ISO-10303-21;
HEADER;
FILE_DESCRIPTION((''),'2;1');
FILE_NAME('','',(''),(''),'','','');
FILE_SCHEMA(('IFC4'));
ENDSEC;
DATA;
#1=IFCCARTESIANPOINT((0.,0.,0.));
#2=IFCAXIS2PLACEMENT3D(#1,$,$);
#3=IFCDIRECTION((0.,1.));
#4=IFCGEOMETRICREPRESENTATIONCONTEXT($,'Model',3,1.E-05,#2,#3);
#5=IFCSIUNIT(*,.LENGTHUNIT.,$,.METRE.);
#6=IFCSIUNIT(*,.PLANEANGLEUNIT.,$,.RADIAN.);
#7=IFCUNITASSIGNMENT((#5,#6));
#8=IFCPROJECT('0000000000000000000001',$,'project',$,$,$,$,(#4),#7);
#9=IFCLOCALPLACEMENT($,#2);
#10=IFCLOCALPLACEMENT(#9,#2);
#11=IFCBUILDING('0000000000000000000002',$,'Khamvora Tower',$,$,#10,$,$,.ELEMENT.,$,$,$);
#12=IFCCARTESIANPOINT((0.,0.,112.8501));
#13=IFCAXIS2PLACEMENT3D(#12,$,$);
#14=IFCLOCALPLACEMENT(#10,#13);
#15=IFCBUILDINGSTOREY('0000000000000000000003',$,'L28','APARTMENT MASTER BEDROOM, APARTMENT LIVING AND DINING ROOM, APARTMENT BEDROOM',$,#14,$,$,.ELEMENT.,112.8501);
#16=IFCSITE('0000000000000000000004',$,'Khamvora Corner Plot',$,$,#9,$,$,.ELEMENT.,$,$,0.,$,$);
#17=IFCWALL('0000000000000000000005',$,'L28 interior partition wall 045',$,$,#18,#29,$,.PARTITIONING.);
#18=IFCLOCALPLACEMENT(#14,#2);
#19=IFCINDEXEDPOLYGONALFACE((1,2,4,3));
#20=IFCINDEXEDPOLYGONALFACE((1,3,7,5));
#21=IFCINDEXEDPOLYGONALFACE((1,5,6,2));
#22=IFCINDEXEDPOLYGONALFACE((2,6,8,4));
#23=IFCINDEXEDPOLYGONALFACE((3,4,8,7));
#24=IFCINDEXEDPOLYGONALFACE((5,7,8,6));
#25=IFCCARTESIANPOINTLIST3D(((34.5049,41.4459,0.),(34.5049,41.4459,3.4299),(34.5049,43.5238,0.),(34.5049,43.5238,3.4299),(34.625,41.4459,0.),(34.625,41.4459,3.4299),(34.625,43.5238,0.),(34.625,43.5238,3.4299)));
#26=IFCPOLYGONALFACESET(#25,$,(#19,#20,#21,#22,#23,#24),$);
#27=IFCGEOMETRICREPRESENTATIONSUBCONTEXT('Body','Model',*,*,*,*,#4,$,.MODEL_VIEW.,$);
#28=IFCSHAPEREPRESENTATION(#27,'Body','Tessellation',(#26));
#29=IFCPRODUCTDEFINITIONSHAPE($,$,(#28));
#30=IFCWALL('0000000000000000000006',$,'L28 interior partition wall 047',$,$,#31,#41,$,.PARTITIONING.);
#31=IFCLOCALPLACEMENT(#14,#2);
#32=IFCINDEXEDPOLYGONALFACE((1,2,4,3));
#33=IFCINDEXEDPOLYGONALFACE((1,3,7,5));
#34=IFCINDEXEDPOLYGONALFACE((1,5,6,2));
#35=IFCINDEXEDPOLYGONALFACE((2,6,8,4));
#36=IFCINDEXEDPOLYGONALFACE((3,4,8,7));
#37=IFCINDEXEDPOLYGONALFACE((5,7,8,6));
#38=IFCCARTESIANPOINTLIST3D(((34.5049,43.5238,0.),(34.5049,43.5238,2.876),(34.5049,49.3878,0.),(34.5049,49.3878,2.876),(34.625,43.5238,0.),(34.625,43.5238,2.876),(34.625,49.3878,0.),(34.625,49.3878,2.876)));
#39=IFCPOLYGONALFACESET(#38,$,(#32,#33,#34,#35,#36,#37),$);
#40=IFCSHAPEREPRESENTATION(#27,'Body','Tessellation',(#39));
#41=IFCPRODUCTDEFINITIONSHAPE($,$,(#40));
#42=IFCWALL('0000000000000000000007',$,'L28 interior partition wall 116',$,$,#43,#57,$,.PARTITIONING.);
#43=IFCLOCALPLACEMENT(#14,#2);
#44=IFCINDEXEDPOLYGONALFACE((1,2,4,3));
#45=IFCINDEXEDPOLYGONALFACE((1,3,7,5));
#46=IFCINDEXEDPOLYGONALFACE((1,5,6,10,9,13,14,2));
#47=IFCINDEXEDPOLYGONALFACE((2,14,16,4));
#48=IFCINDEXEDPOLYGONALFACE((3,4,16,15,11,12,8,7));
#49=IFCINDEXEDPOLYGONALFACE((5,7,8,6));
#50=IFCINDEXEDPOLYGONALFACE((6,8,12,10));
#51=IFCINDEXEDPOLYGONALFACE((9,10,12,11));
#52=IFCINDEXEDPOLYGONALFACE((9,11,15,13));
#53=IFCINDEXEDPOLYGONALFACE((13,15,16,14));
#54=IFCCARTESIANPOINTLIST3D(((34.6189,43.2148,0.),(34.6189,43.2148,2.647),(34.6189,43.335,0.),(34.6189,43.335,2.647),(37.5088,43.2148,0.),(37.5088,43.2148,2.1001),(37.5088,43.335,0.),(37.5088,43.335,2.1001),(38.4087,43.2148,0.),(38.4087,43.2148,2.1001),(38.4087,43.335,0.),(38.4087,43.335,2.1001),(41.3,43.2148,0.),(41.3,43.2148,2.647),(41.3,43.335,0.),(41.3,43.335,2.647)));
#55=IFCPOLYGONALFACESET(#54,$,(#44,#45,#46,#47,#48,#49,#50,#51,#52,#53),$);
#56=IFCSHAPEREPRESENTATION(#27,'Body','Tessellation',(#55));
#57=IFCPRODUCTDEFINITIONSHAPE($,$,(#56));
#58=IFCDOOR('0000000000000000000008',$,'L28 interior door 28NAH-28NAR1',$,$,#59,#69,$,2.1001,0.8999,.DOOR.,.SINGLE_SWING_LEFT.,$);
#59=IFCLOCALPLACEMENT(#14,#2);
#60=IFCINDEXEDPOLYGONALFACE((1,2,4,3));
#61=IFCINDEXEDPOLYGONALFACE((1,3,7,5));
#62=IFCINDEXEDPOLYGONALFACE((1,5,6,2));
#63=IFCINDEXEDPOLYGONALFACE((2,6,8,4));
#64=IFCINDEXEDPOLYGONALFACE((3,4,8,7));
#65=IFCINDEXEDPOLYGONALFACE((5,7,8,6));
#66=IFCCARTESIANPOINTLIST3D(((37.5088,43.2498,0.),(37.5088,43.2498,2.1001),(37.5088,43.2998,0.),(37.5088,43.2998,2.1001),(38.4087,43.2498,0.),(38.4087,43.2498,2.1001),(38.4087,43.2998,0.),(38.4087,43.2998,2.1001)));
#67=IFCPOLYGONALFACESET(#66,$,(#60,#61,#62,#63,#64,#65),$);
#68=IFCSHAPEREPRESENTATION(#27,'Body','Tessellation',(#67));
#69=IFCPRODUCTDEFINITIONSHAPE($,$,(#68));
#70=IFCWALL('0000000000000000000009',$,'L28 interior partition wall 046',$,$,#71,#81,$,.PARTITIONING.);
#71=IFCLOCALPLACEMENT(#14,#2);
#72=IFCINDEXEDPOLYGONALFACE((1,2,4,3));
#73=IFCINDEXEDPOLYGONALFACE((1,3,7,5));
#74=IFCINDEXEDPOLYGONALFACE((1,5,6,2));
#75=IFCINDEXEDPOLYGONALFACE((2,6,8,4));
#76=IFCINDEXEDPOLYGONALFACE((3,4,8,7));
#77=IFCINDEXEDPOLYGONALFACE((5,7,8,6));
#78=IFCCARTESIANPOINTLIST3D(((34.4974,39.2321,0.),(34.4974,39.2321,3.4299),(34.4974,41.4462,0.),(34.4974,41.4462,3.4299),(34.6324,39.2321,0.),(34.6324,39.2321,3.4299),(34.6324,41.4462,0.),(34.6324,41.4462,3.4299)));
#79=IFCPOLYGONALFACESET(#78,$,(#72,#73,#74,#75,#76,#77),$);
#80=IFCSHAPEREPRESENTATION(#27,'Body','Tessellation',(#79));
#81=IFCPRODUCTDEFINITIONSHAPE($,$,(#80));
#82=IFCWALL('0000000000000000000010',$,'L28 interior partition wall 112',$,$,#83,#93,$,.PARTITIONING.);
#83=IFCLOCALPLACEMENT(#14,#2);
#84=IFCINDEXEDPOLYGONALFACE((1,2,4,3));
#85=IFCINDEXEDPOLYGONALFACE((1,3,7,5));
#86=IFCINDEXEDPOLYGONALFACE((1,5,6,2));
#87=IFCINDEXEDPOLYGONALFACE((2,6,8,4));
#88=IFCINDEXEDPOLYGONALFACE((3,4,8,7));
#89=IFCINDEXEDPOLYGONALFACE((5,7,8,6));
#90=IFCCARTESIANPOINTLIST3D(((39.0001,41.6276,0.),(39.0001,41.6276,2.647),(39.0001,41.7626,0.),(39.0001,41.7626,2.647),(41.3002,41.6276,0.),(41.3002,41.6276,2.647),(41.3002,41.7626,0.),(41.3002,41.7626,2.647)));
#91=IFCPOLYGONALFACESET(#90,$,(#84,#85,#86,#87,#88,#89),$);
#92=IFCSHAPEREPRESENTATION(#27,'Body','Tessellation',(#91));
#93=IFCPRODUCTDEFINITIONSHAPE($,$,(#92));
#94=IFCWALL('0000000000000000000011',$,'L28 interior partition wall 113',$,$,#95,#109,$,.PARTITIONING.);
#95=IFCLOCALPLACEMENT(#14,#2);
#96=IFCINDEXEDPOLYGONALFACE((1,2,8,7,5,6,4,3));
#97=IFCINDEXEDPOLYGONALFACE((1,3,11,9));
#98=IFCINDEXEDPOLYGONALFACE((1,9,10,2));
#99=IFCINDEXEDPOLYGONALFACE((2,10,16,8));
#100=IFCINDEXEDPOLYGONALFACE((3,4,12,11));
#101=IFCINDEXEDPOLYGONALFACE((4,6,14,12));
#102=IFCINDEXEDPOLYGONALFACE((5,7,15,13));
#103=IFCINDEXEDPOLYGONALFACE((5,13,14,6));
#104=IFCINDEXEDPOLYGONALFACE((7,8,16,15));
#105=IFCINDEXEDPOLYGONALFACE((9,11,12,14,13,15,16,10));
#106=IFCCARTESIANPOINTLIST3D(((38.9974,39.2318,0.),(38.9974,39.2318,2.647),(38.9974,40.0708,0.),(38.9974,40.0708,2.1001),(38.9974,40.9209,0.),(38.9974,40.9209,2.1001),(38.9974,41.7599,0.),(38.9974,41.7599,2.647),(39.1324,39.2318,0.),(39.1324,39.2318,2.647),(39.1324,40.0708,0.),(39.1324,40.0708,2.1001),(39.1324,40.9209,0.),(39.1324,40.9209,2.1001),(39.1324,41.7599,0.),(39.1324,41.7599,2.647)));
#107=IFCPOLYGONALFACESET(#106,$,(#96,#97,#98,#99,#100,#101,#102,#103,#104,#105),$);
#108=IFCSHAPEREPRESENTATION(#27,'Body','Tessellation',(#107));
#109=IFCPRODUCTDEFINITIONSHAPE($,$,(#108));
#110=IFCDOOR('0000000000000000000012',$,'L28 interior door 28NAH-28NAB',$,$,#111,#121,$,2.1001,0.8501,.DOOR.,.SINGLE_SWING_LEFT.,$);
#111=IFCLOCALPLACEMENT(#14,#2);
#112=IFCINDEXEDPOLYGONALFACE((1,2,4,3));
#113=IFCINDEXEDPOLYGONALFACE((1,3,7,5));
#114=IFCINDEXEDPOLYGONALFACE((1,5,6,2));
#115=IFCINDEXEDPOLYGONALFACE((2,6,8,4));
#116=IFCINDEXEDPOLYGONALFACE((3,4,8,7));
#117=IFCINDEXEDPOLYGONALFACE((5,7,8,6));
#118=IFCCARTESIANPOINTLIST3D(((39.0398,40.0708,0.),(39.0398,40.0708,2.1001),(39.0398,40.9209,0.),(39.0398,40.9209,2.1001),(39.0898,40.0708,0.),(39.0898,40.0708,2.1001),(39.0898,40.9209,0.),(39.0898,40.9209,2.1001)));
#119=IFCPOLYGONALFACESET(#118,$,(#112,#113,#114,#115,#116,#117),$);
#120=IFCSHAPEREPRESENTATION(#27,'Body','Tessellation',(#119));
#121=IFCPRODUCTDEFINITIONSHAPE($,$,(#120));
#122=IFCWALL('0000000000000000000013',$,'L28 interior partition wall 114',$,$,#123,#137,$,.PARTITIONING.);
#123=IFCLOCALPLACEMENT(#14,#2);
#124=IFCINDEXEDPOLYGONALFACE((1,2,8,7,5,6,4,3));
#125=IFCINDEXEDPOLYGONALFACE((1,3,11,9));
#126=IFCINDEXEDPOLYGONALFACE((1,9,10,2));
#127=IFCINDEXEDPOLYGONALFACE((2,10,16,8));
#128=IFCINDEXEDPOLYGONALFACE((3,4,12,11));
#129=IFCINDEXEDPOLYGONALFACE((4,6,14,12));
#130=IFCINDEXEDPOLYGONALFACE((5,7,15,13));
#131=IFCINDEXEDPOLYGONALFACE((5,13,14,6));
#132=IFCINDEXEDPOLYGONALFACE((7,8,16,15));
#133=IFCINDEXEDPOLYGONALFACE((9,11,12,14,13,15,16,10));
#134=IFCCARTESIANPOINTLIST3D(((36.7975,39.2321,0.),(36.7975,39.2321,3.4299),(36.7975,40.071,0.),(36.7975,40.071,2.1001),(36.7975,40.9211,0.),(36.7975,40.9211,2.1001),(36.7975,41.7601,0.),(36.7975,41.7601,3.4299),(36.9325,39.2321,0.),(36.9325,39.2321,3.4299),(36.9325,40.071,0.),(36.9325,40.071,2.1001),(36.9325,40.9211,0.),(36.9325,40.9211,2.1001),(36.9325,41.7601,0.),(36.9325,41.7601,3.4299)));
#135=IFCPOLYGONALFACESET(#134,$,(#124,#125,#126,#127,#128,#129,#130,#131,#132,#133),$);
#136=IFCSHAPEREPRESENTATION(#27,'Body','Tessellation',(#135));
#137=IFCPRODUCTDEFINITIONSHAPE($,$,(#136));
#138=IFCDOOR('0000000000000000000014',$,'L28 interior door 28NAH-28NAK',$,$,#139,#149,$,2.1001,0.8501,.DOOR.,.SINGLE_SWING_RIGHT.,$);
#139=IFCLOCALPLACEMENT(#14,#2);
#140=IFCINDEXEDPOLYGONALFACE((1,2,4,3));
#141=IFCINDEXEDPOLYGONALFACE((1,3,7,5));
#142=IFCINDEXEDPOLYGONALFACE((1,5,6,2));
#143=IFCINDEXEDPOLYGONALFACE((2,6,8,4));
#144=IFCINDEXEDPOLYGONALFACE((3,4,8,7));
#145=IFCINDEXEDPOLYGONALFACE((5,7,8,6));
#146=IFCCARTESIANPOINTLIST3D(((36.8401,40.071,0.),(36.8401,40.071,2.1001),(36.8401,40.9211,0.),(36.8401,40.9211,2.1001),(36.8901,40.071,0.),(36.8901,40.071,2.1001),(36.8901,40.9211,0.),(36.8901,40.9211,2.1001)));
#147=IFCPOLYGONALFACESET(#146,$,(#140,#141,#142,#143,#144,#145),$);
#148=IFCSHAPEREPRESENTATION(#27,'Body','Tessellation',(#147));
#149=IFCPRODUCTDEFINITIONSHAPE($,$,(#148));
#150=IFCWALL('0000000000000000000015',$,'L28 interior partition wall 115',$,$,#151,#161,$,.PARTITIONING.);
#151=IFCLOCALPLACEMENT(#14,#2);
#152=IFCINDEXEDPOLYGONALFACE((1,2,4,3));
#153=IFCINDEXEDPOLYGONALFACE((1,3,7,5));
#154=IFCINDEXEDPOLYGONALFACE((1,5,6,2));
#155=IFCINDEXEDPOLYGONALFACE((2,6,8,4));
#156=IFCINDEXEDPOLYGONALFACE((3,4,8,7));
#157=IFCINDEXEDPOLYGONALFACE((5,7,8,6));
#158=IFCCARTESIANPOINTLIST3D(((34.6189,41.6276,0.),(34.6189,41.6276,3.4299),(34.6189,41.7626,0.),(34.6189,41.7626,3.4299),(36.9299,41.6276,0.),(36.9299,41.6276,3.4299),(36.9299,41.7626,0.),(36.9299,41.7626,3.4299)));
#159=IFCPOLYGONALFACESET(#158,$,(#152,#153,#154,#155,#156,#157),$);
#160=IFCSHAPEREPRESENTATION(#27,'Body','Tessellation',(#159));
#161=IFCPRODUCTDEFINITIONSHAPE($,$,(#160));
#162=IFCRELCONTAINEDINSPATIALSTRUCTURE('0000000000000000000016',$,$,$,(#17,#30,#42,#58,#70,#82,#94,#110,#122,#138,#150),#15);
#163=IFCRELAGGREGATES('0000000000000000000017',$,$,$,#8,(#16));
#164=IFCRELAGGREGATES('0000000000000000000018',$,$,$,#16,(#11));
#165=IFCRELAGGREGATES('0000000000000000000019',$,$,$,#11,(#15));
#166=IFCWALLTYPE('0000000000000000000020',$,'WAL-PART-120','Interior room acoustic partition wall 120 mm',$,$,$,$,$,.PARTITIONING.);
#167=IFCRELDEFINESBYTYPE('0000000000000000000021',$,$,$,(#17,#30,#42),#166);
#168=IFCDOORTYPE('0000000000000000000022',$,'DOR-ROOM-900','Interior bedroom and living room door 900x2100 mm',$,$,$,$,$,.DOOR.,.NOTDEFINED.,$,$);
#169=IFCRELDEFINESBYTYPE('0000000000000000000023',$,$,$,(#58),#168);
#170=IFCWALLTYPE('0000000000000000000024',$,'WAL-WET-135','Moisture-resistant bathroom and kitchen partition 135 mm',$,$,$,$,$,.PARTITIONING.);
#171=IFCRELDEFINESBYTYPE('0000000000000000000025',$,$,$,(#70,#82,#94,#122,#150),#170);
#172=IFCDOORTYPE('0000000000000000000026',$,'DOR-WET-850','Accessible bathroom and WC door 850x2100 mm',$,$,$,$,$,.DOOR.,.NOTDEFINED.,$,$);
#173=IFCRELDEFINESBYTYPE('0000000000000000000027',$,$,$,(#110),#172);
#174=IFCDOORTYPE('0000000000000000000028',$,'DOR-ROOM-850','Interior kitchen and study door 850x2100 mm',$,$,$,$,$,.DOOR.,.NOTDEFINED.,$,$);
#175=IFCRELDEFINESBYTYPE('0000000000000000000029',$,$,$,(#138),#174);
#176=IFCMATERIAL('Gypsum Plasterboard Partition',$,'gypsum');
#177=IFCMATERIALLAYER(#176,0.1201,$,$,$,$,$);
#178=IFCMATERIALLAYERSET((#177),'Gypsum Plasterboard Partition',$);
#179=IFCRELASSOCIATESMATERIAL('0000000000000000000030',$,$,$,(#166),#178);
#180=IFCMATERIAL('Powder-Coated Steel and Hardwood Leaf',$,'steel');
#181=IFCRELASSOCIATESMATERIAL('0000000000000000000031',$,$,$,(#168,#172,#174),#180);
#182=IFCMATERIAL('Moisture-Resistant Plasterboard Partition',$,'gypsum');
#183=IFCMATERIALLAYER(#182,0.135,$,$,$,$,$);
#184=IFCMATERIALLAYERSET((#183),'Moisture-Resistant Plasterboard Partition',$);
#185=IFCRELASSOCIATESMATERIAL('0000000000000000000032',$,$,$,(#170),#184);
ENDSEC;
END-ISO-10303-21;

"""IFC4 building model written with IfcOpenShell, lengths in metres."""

from ifc_helpers import new_model, si_unit, direction, frame, frame_2d, origin, place, context, subcontext, project, spatial, rectangle, extrude, material, layer, layer_set, type_object, element, fill, save


model = new_model("IFC4")

# Units and contexts
model_context = context("Model", 3, precision=1e-05, world=origin(), true_north=direction((0.0, 1.0)))
body_context = subcontext(model_context, "Body", "Model", "MODEL_VIEW")
ifc_project = project(units=[si_unit("LENGTHUNIT", "METRE"), si_unit("PLANEANGLEUNIT", "RADIAN")], contexts=[model_context])

# Site, building, storey
site_placement = place(None, origin())
site = spatial("IfcSite", under=ifc_project, at=site_placement, Name="Khamvora Corner Plot", CompositionType="ELEMENT", RefElevation=0.0)
building_placement = place(site_placement, origin())
building = spatial("IfcBuilding", under=site, at=building_placement, Name="Khamvora Tower", CompositionType="ELEMENT")
storey_placement = place(building_placement, frame((0.0, 0.0, 112.8501)))
storey = spatial("IfcBuildingStorey", under=building, at=storey_placement, Name="L28", Description="APARTMENT MASTER BEDROOM, APARTMENT LIVING AND DINING ROOM, APARTMENT BEDROOM", CompositionType="ELEMENT", Elevation=112.8501)

# Shared definitions
ifc_material_1 = material(Name="Powder-Coated Steel and Hardwood Leaf", Category="steel")

# Walls
ifc_material_2 = material(Name="Gypsum Plasterboard Partition", Category="gypsum")
ifc_layer_1 = layer(ifc_material_2, 0.1201)
ifc_layer_set_1 = layer_set([ifc_layer_1], Name="Gypsum Plasterboard Partition")
wall_type_1 = type_object("IfcWallType", Name="WAL-PART-120", Description="Interior room acoustic partition wall 120 mm", PredefinedType="PARTITIONING", material=ifc_layer_set_1)
wall_1_placement = place(storey_placement, frame((34.5649, 43.5239, 0.0), z_axis=(0.0, 0.0, 1.0), x_axis=(0.0, -1.0, 0.0)))
element("IfcWall", 1, at=wall_1_placement, inside=storey, type_object=wall_type_1, Name="L28 interior partition wall 045", PredefinedType="PARTITIONING", context=body_context, shape_type="SweptSolid", body=[
    extrude(rectangle(XDim=2.0779, YDim=0.1201, at=frame_2d((1.0391, 0.0))), origin(), (0.0, 0.0, 1.0), 3.4299),
])
wall_2_placement = place(storey_placement, frame((34.5649, 49.3879, 0.0), z_axis=(0.0, 0.0, 1.0), x_axis=(0.0, -1.0, 0.0)))
element("IfcWall", 2, at=wall_2_placement, inside=storey, type_object=wall_type_1, Name="L28 interior partition wall 047", PredefinedType="PARTITIONING", context=body_context, shape_type="SweptSolid", body=[
    extrude(rectangle(XDim=5.864, YDim=0.1201, at=frame_2d((2.9321, 0.0))), origin(), (0.0, 0.0, 1.0), 2.876),
])

# Wall, opening, door
wall_3_placement = place(storey_placement, frame((34.6189, 43.2749, 0.0), z_axis=(0.0, 0.0, 1.0), x_axis=(1.0, 0.0, 0.0)))
wall_3 = element("IfcWall", 3, at=wall_3_placement, inside=storey, type_object=wall_type_1, Name="L28 interior partition wall 116", PredefinedType="PARTITIONING", context=body_context, shape_type="SweptSolid", body=[
    extrude(rectangle(XDim=6.6812, YDim=0.1201, at=frame_2d((3.3406, 0.0))), origin(), (0.0, 0.0, 1.0), 2.647),
])
opening_1_placement = place(wall_3_placement, frame((2.8899, 0.0, 0.0)))
opening_1 = element("IfcOpeningElement", 4, at=opening_1_placement, cuts=wall_3, PredefinedType="OPENING", context=body_context, shape_type="SweptSolid", body=[
    extrude(rectangle(XDim=0.8999, YDim=2.1001, at=frame_2d((0.45, 1.05))), frame((0.0, 0.0701, 0.0), z_axis=(0.0, -1.0, 0.0), x_axis=(1.0, 0.0, 0.0)), (0.0, 0.0, 1.0), 0.1401),
])
door_type_1 = type_object("IfcDoorType", Name="DOR-ROOM-900", Description="Interior bedroom and living room door 900x2100 mm", OperationType="NOTDEFINED", PredefinedType="DOOR", material=ifc_material_1)
door_1_placement = place(opening_1_placement, origin())
door_1 = element("IfcDoor", 5, at=door_1_placement, inside=storey, type_object=door_type_1, Name="L28 interior door 28NAH-28NAR1", OperationType="SINGLE_SWING_LEFT", OverallHeight=2.1001, OverallWidth=0.8999, PredefinedType="DOOR", context=body_context, shape_type="SweptSolid", body=[
    extrude(rectangle(XDim=0.8999, YDim=2.1001, at=frame_2d((0.45, 1.05))), frame((0.0, 0.0249, 0.0), z_axis=(0.0, -1.0, 0.0), x_axis=(1.0, 0.0, 0.0)), (0.0, 0.0, 1.0), 0.05),
])
fill(opening_1, door_1)

# Walls
ifc_material_3 = material(Name="Moisture-Resistant Plasterboard Partition", Category="gypsum")
ifc_layer_2 = layer(ifc_material_3, 0.135)
ifc_layer_set_2 = layer_set([ifc_layer_2], Name="Moisture-Resistant Plasterboard Partition")
wall_type_2 = type_object("IfcWallType", Name="WAL-WET-135", Description="Moisture-resistant bathroom and kitchen partition 135 mm", PredefinedType="PARTITIONING", material=ifc_layer_set_2)
wall_4_placement = place(storey_placement, frame((34.5649, 41.446, 0.0), z_axis=(0.0, 0.0, 1.0), x_axis=(0.0, -1.0, 0.0)))
element("IfcWall", 6, at=wall_4_placement, inside=storey, type_object=wall_type_2, Name="L28 interior partition wall 046", PredefinedType="PARTITIONING", context=body_context, shape_type="SweptSolid", body=[
    extrude(rectangle(XDim=2.2141, YDim=0.135, at=frame_2d((1.1069, 0.0))), origin(), (0.0, 0.0, 1.0), 3.4299),
])
wall_5_placement = place(storey_placement, frame((41.3, 41.6951, 0.0), z_axis=(0.0, 0.0, 1.0), x_axis=(-1.0, 0.0, 0.0)))
element("IfcWall", 7, at=wall_5_placement, inside=storey, type_object=wall_type_2, Name="L28 interior partition wall 112", PredefinedType="PARTITIONING", context=body_context, shape_type="SweptSolid", body=[
    extrude(rectangle(XDim=2.3, YDim=0.135, at=frame_2d((1.1499, 0.0))), origin(), (0.0, 0.0, 1.0), 2.647),
])

# Walls, openings, doors
wall_6_placement = place(storey_placement, frame((39.0649, 41.76, 0.0), z_axis=(0.0, 0.0, 1.0), x_axis=(0.0, -1.0, 0.0)))
wall_6 = element("IfcWall", 8, at=wall_6_placement, inside=storey, type_object=wall_type_2, Name="L28 interior partition wall 113", PredefinedType="PARTITIONING", context=body_context, shape_type="SweptSolid", body=[
    extrude(rectangle(XDim=2.5281, YDim=0.135, at=frame_2d((1.2642, 0.0))), origin(), (0.0, 0.0, 1.0), 2.647),
])
opening_2_placement = place(wall_6_placement, frame((0.8391, 0.0, 0.0)))
opening_2 = element("IfcOpeningElement", 9, at=opening_2_placement, cuts=wall_6, PredefinedType="OPENING", context=body_context, shape_type="SweptSolid", body=[
    extrude(rectangle(XDim=0.8501, YDim=2.1001, at=frame_2d((0.425, 1.05))), frame((0.0, 0.0774, 0.0), z_axis=(0.0, -1.0, 0.0), x_axis=(1.0, 0.0, 0.0)), (0.0, 0.0, 1.0), 0.155),
])
door_type_2 = type_object("IfcDoorType", Name="DOR-WET-850", Description="Accessible bathroom and WC door 850x2100 mm", OperationType="NOTDEFINED", PredefinedType="DOOR", material=ifc_material_1)
door_2_placement = place(opening_2_placement, origin())
door_2 = element("IfcDoor", 10, at=door_2_placement, inside=storey, type_object=door_type_2, Name="L28 interior door 28NAH-28NAB", OperationType="SINGLE_SWING_LEFT", OverallHeight=2.1001, OverallWidth=0.8501, PredefinedType="DOOR", context=body_context, shape_type="SweptSolid", body=[
    extrude(rectangle(XDim=0.8501, YDim=2.1001, at=frame_2d((0.425, 1.05))), frame((0.0, 0.0249, 0.0), z_axis=(0.0, -1.0, 0.0), x_axis=(1.0, 0.0, 0.0)), (0.0, 0.0, 1.0), 0.05),
])
fill(opening_2, door_2)
wall_7_placement = place(storey_placement, frame((36.865, 39.2319, 0.0), z_axis=(0.0, 0.0, 1.0), x_axis=(0.0, 1.0, 0.0)))
wall_7 = element("IfcWall", 11, at=wall_7_placement, inside=storey, type_object=wall_type_2, Name="L28 interior partition wall 114", PredefinedType="PARTITIONING", context=body_context, shape_type="SweptSolid", body=[
    extrude(rectangle(XDim=2.5281, YDim=0.135, at=frame_2d((1.2642, 0.0))), origin(), (0.0, 0.0, 1.0), 3.4299),
])
opening_3_placement = place(wall_7_placement, frame((0.8391, 0.0, 0.0)))
opening_3 = element("IfcOpeningElement", 12, at=opening_3_placement, cuts=wall_7, PredefinedType="OPENING", context=body_context, shape_type="SweptSolid", body=[
    extrude(rectangle(XDim=0.8501, YDim=2.1001, at=frame_2d((0.425, 1.05))), frame((0.0, 0.0774, 0.0), z_axis=(0.0, -1.0, 0.0), x_axis=(1.0, 0.0, 0.0)), (0.0, 0.0, 1.0), 0.155),
])
door_type_3 = type_object("IfcDoorType", Name="DOR-ROOM-850", Description="Interior kitchen and study door 850x2100 mm", OperationType="NOTDEFINED", PredefinedType="DOOR", material=ifc_material_1)
door_3_placement = place(opening_3_placement, origin())
door_3 = element("IfcDoor", 13, at=door_3_placement, inside=storey, type_object=door_type_3, Name="L28 interior door 28NAH-28NAK", OperationType="SINGLE_SWING_RIGHT", OverallHeight=2.1001, OverallWidth=0.8501, PredefinedType="DOOR", context=body_context, shape_type="SweptSolid", body=[
    extrude(rectangle(XDim=0.8501, YDim=2.1001, at=frame_2d((0.425, 1.05))), frame((0.0, 0.0249, 0.0), z_axis=(0.0, -1.0, 0.0), x_axis=(1.0, 0.0, 0.0)), (0.0, 0.0, 1.0), 0.05),
])
fill(opening_3, door_3)

# Wall
wall_8_placement = place(storey_placement, frame((36.9299, 41.6951, 0.0), z_axis=(0.0, 0.0, 1.0), x_axis=(-1.0, 0.0, 0.0)))
element("IfcWall", 14, at=wall_8_placement, inside=storey, type_object=wall_type_2, Name="L28 interior partition wall 115", PredefinedType="PARTITIONING", context=body_context, shape_type="SweptSolid", body=[
    extrude(rectangle(XDim=2.311, YDim=0.135, at=frame_2d((1.1555, 0.0))), origin(), (0.0, 0.0, 1.0), 3.4299),
])

save(model, "model.ifc")
